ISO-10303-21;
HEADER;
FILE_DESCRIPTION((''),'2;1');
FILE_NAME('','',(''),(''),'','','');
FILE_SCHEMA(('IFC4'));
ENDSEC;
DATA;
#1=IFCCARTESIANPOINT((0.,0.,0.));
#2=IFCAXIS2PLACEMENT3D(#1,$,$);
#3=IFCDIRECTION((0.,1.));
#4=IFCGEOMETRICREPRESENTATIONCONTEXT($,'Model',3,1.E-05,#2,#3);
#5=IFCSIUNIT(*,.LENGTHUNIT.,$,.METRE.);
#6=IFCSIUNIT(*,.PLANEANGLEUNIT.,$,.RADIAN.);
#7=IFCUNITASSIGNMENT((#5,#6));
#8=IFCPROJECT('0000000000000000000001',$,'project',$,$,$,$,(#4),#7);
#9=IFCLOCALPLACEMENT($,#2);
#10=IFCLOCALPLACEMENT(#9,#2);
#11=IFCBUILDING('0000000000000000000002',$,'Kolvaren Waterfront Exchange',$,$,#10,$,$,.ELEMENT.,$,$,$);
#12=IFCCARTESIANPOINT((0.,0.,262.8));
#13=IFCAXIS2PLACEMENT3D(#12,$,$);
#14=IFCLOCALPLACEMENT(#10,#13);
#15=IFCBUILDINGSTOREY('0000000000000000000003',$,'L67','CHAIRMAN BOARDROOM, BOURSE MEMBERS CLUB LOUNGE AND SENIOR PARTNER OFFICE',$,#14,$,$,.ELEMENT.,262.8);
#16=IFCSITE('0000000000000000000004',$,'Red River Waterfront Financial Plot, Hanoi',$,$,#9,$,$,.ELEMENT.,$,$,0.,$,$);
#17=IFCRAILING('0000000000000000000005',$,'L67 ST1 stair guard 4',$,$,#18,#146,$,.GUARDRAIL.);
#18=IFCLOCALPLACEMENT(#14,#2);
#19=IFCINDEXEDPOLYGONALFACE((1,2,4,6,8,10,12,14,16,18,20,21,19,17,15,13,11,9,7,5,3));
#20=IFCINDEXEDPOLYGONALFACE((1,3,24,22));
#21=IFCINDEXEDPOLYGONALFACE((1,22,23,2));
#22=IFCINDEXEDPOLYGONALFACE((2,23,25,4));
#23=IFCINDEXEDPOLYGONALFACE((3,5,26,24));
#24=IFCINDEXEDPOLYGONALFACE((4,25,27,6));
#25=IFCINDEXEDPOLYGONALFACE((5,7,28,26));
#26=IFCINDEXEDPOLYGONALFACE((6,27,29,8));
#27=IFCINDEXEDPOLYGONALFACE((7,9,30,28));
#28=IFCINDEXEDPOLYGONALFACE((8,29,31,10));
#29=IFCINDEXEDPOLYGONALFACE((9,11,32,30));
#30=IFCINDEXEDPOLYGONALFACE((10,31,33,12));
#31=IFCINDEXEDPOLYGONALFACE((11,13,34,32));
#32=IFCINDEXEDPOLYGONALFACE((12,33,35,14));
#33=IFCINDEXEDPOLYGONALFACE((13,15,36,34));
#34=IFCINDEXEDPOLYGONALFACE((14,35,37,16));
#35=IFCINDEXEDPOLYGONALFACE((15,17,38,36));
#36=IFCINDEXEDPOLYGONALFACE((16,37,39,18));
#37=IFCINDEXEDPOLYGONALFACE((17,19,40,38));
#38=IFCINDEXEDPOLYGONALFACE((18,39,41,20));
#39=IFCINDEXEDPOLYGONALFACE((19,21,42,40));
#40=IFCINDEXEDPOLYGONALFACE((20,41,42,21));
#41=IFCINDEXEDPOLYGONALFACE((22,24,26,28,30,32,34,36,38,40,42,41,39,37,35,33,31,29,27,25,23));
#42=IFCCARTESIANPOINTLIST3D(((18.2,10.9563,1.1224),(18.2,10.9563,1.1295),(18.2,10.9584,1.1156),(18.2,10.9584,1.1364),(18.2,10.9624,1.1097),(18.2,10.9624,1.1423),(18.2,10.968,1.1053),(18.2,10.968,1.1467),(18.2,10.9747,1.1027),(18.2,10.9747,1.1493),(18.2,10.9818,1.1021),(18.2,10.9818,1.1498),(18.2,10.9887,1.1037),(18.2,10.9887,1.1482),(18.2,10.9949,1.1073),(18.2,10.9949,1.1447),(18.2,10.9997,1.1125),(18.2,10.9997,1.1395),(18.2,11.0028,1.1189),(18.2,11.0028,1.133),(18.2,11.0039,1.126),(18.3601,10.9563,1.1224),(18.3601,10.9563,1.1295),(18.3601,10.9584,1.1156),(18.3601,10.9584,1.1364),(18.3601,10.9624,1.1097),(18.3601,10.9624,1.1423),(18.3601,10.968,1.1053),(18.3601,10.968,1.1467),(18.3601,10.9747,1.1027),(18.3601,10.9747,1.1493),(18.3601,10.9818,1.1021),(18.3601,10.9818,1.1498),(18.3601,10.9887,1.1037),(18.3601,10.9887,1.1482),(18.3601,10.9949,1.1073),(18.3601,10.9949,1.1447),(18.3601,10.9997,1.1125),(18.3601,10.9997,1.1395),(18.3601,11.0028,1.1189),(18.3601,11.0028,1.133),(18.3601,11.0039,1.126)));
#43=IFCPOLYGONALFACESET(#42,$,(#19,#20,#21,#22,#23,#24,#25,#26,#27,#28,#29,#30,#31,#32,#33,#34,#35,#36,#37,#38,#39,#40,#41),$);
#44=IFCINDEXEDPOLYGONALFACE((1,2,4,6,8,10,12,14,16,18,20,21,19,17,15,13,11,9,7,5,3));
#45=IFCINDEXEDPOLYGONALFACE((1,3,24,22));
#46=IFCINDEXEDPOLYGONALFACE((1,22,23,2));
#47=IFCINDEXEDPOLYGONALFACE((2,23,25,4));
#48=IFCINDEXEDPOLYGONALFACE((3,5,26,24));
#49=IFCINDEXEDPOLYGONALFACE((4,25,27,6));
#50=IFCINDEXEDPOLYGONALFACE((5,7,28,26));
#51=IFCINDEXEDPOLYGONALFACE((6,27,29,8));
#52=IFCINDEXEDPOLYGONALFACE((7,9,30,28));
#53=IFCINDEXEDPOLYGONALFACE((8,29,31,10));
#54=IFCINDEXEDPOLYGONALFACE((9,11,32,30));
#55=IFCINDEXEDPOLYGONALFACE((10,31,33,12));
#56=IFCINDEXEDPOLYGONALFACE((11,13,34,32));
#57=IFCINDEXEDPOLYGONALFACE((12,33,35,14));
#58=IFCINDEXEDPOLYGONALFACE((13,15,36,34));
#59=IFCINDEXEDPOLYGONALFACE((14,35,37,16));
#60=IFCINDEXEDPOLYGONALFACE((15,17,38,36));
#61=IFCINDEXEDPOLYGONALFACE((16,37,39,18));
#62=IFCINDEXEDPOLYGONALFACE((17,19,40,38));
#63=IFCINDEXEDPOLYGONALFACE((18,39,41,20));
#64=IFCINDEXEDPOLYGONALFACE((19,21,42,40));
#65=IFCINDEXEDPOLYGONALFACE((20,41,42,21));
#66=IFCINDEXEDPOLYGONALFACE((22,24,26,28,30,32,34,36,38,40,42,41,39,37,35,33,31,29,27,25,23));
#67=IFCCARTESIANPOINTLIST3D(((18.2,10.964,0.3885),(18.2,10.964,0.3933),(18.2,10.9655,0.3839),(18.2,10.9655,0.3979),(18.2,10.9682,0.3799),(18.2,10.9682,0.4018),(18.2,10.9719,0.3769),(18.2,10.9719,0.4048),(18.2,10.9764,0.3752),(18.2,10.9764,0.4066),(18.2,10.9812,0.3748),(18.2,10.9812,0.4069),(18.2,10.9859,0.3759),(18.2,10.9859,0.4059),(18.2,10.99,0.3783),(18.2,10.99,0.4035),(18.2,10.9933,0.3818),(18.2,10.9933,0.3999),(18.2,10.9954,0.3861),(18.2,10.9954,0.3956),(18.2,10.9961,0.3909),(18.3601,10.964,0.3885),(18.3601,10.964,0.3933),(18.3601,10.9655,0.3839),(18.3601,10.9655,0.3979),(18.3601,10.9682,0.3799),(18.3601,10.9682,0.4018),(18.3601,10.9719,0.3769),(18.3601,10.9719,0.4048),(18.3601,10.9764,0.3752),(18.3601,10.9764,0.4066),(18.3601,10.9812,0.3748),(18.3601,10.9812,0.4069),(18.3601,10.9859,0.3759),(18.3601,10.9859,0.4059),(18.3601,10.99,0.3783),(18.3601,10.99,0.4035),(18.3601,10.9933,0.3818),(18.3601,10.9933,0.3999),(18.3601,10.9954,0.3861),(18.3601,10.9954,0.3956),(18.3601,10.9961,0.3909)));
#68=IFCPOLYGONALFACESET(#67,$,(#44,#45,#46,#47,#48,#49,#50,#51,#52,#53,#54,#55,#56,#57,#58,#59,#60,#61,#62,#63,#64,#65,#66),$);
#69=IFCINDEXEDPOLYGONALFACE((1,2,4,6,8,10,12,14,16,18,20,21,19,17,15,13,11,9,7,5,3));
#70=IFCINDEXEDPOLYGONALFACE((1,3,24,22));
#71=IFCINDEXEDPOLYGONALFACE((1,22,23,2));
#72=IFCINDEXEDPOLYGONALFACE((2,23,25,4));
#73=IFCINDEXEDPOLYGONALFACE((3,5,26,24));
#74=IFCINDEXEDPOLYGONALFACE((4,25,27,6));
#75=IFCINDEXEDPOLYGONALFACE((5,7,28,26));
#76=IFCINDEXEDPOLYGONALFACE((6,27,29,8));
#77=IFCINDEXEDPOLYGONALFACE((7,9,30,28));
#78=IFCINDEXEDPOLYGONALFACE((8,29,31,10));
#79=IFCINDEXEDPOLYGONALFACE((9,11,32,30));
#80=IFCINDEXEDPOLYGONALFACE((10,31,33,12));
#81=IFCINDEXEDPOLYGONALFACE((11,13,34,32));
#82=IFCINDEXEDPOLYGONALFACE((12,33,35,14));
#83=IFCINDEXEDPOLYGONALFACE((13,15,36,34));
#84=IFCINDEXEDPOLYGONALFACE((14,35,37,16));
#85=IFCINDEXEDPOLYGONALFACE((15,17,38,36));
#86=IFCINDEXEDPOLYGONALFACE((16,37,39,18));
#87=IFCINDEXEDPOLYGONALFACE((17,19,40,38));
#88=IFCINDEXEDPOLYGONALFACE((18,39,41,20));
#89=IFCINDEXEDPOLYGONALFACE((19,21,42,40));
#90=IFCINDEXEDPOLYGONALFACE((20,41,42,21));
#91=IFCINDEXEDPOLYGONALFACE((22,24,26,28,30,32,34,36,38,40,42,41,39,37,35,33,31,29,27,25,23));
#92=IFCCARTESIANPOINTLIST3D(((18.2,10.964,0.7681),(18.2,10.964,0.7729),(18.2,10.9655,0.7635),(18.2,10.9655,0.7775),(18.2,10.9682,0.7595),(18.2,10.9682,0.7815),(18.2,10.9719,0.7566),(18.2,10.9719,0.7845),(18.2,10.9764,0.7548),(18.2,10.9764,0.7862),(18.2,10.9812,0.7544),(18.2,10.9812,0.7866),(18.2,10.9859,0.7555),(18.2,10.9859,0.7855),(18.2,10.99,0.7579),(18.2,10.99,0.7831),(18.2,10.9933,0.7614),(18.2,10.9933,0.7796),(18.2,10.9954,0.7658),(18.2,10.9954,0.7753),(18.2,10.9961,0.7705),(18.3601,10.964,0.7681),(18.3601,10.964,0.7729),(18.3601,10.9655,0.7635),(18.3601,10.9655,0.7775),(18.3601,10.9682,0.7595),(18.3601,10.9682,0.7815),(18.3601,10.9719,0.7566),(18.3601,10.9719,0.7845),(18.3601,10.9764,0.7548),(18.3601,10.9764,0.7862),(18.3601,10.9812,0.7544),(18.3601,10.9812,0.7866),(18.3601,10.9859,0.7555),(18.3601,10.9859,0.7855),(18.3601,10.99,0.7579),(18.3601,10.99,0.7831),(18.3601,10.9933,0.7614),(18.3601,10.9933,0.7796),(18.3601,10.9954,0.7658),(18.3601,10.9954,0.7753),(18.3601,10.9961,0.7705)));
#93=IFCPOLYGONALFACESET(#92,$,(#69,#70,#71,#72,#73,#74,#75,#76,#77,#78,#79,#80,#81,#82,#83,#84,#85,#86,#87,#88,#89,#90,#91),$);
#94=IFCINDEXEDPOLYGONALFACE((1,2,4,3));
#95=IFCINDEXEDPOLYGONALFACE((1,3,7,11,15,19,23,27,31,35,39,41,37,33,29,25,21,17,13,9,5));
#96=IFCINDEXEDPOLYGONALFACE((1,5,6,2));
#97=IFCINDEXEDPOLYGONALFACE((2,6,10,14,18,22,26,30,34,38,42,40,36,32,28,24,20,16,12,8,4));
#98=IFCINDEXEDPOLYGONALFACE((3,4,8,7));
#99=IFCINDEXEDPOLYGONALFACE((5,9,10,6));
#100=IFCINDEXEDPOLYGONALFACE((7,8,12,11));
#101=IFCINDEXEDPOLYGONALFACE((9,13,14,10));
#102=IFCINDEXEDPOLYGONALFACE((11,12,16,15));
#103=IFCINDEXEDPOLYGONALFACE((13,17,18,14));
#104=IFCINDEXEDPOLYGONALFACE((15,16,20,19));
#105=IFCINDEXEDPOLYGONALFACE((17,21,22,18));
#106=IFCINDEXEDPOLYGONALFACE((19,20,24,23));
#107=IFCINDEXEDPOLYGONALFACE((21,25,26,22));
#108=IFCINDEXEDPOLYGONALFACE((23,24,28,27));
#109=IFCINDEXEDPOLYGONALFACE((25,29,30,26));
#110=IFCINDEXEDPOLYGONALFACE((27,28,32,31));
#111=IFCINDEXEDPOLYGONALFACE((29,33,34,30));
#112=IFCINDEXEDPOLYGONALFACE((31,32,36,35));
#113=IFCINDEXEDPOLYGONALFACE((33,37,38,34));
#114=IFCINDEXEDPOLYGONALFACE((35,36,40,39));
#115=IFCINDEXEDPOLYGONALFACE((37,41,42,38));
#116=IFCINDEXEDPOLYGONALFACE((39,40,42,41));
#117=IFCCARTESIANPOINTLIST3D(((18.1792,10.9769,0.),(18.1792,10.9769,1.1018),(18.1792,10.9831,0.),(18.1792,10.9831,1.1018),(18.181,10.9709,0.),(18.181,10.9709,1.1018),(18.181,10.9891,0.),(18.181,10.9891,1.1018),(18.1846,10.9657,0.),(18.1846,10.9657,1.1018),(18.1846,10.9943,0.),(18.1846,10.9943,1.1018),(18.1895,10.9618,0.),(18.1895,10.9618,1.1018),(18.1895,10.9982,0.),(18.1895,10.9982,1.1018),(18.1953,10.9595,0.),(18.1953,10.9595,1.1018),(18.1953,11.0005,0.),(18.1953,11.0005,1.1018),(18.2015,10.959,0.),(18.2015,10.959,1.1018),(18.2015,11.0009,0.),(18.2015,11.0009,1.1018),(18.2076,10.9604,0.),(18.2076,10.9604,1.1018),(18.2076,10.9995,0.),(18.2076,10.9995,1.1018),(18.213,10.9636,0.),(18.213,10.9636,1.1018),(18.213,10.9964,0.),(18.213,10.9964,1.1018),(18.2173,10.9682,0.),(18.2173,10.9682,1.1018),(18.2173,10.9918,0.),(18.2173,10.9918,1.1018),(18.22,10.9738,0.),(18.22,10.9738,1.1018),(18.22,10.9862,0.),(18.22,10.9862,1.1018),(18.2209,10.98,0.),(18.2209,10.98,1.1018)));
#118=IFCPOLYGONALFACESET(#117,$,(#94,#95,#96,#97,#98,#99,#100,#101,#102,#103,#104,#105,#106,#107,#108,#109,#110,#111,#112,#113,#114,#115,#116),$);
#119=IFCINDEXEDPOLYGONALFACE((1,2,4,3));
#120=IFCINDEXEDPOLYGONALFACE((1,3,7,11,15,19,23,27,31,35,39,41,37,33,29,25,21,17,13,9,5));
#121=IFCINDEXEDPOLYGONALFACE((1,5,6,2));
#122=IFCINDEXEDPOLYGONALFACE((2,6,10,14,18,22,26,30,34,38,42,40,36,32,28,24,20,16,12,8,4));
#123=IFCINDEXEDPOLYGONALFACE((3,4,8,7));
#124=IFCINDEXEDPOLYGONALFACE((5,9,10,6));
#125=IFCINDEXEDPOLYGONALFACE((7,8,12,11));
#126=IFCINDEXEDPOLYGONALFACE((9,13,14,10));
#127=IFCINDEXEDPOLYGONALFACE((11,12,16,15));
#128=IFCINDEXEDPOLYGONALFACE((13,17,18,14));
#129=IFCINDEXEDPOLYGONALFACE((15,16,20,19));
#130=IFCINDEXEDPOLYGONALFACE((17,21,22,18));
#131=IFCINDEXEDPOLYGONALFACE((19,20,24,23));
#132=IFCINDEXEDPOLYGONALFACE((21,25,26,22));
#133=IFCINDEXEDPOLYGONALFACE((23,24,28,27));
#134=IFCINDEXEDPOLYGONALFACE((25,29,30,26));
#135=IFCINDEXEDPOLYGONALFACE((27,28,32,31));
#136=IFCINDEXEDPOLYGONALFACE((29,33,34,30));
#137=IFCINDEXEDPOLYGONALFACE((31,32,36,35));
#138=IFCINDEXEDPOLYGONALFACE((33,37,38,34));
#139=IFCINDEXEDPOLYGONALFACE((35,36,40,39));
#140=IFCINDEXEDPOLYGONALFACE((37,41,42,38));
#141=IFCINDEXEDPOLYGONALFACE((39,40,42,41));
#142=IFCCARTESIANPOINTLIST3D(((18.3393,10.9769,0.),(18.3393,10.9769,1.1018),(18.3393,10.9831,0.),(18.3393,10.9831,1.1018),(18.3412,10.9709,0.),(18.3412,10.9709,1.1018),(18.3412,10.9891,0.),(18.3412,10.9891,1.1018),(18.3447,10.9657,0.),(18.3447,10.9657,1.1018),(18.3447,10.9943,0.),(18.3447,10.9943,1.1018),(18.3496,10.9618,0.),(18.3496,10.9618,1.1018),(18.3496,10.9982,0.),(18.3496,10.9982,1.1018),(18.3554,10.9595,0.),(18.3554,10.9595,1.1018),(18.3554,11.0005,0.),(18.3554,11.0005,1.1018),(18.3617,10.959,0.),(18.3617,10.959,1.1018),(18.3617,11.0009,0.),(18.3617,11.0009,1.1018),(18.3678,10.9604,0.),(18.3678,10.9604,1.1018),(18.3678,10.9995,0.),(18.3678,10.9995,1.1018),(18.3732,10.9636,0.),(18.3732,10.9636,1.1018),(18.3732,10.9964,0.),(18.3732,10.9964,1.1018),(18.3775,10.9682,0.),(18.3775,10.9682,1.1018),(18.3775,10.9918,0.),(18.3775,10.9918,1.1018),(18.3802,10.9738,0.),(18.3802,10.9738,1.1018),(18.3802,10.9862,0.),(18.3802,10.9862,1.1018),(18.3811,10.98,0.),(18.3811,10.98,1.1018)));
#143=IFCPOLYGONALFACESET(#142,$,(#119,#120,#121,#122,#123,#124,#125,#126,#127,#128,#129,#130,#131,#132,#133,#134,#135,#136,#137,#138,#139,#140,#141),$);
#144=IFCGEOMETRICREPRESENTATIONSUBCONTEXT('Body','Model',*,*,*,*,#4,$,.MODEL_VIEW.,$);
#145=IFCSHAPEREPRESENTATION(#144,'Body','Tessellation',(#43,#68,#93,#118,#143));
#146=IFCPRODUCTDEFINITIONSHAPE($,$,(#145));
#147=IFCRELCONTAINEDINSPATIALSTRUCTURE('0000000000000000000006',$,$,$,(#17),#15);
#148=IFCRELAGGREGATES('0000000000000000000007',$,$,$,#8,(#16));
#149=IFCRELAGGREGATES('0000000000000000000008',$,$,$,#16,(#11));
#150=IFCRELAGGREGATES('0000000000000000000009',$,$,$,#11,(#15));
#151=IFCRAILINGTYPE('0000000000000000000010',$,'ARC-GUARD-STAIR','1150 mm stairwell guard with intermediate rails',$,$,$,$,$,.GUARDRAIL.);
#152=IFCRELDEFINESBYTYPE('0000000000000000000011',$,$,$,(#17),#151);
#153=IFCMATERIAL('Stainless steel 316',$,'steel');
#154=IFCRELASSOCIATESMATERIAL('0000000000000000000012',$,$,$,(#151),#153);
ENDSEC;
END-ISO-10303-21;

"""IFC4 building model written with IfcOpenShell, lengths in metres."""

from ifc_helpers import new_model, si_unit, direction, frame, origin, origin_2d, place, context, subcontext, project, spatial, circle, extrude, material, type_object, element, save


model = new_model("IFC4")

# Units and contexts
model_context = context("Model", 3, precision=1e-05, world=origin(), true_north=direction((0.0, 1.0)))
body_context = subcontext(model_context, "Body", "Model", "MODEL_VIEW")
ifc_project = project(units=[si_unit("LENGTHUNIT", "METRE"), si_unit("PLANEANGLEUNIT", "RADIAN")], contexts=[model_context])

# Site, building, storey
site_placement = place(None, origin())
site = spatial("IfcSite", under=ifc_project, at=site_placement, Name="Red River Waterfront Financial Plot, Hanoi", CompositionType="ELEMENT", RefElevation=0.0)
building_placement = place(site_placement, origin())
building = spatial("IfcBuilding", under=site, at=building_placement, Name="Kolvaren Waterfront Exchange", CompositionType="ELEMENT")
storey_placement = place(building_placement, frame((0.0, 0.0, 262.8)))
storey = spatial("IfcBuildingStorey", under=building, at=storey_placement, Name="L67", Description="CHAIRMAN BOARDROOM, BOURSE MEMBERS CLUB LOUNGE AND SENIOR PARTNER OFFICE", CompositionType="ELEMENT", Elevation=262.8)

# Railing
ifc_material_1 = material(Name="Stainless steel 316", Category="steel")
railing_type_1 = type_object("IfcRailingType", Name="ARC-GUARD-STAIR", Description="1150 mm stairwell guard with intermediate rails", PredefinedType="GUARDRAIL", material=ifc_material_1)
railing_1_placement = place(storey_placement, frame((18.2, 10.98, 0.0)))
element("IfcRailing", 1, at=railing_1_placement, inside=storey, type_object=railing_type_1, Name="L67 ST1 stair guard 4", PredefinedType="GUARDRAIL", context=body_context, shape_type="SweptSolid", body=[
    extrude(circle(Radius=0.0239, at=origin_2d()), frame((0.0, 0.0, 1.126), z_axis=(1.0, 0.0, 0.0), x_axis=(0.0, 1.0, 0.0)), (0.0, 0.0, 1.0), 0.1602),
    extrude(circle(Radius=0.0161, at=origin_2d()), frame((0.0, 0.0, 0.3909), z_axis=(1.0, 0.0, 0.0), x_axis=(0.0, 1.0, 0.0)), (0.0, 0.0, 1.0), 0.1602),
    extrude(circle(Radius=0.0161, at=origin_2d()), frame((0.0, 0.0, 0.7705), z_axis=(1.0, 0.0, 0.0), x_axis=(0.0, 1.0, 0.0)), (0.0, 0.0, 1.0), 0.1602),
    extrude(circle(Radius=0.021, at=origin_2d()), origin(), (0.0, 0.0, 1.0), 1.1018),
    extrude(circle(Radius=0.021, at=origin_2d()), frame((0.1602, 0.0, 0.0)), (0.0, 0.0, 1.0), 1.1018),
])

save(model, "model.ifc")
